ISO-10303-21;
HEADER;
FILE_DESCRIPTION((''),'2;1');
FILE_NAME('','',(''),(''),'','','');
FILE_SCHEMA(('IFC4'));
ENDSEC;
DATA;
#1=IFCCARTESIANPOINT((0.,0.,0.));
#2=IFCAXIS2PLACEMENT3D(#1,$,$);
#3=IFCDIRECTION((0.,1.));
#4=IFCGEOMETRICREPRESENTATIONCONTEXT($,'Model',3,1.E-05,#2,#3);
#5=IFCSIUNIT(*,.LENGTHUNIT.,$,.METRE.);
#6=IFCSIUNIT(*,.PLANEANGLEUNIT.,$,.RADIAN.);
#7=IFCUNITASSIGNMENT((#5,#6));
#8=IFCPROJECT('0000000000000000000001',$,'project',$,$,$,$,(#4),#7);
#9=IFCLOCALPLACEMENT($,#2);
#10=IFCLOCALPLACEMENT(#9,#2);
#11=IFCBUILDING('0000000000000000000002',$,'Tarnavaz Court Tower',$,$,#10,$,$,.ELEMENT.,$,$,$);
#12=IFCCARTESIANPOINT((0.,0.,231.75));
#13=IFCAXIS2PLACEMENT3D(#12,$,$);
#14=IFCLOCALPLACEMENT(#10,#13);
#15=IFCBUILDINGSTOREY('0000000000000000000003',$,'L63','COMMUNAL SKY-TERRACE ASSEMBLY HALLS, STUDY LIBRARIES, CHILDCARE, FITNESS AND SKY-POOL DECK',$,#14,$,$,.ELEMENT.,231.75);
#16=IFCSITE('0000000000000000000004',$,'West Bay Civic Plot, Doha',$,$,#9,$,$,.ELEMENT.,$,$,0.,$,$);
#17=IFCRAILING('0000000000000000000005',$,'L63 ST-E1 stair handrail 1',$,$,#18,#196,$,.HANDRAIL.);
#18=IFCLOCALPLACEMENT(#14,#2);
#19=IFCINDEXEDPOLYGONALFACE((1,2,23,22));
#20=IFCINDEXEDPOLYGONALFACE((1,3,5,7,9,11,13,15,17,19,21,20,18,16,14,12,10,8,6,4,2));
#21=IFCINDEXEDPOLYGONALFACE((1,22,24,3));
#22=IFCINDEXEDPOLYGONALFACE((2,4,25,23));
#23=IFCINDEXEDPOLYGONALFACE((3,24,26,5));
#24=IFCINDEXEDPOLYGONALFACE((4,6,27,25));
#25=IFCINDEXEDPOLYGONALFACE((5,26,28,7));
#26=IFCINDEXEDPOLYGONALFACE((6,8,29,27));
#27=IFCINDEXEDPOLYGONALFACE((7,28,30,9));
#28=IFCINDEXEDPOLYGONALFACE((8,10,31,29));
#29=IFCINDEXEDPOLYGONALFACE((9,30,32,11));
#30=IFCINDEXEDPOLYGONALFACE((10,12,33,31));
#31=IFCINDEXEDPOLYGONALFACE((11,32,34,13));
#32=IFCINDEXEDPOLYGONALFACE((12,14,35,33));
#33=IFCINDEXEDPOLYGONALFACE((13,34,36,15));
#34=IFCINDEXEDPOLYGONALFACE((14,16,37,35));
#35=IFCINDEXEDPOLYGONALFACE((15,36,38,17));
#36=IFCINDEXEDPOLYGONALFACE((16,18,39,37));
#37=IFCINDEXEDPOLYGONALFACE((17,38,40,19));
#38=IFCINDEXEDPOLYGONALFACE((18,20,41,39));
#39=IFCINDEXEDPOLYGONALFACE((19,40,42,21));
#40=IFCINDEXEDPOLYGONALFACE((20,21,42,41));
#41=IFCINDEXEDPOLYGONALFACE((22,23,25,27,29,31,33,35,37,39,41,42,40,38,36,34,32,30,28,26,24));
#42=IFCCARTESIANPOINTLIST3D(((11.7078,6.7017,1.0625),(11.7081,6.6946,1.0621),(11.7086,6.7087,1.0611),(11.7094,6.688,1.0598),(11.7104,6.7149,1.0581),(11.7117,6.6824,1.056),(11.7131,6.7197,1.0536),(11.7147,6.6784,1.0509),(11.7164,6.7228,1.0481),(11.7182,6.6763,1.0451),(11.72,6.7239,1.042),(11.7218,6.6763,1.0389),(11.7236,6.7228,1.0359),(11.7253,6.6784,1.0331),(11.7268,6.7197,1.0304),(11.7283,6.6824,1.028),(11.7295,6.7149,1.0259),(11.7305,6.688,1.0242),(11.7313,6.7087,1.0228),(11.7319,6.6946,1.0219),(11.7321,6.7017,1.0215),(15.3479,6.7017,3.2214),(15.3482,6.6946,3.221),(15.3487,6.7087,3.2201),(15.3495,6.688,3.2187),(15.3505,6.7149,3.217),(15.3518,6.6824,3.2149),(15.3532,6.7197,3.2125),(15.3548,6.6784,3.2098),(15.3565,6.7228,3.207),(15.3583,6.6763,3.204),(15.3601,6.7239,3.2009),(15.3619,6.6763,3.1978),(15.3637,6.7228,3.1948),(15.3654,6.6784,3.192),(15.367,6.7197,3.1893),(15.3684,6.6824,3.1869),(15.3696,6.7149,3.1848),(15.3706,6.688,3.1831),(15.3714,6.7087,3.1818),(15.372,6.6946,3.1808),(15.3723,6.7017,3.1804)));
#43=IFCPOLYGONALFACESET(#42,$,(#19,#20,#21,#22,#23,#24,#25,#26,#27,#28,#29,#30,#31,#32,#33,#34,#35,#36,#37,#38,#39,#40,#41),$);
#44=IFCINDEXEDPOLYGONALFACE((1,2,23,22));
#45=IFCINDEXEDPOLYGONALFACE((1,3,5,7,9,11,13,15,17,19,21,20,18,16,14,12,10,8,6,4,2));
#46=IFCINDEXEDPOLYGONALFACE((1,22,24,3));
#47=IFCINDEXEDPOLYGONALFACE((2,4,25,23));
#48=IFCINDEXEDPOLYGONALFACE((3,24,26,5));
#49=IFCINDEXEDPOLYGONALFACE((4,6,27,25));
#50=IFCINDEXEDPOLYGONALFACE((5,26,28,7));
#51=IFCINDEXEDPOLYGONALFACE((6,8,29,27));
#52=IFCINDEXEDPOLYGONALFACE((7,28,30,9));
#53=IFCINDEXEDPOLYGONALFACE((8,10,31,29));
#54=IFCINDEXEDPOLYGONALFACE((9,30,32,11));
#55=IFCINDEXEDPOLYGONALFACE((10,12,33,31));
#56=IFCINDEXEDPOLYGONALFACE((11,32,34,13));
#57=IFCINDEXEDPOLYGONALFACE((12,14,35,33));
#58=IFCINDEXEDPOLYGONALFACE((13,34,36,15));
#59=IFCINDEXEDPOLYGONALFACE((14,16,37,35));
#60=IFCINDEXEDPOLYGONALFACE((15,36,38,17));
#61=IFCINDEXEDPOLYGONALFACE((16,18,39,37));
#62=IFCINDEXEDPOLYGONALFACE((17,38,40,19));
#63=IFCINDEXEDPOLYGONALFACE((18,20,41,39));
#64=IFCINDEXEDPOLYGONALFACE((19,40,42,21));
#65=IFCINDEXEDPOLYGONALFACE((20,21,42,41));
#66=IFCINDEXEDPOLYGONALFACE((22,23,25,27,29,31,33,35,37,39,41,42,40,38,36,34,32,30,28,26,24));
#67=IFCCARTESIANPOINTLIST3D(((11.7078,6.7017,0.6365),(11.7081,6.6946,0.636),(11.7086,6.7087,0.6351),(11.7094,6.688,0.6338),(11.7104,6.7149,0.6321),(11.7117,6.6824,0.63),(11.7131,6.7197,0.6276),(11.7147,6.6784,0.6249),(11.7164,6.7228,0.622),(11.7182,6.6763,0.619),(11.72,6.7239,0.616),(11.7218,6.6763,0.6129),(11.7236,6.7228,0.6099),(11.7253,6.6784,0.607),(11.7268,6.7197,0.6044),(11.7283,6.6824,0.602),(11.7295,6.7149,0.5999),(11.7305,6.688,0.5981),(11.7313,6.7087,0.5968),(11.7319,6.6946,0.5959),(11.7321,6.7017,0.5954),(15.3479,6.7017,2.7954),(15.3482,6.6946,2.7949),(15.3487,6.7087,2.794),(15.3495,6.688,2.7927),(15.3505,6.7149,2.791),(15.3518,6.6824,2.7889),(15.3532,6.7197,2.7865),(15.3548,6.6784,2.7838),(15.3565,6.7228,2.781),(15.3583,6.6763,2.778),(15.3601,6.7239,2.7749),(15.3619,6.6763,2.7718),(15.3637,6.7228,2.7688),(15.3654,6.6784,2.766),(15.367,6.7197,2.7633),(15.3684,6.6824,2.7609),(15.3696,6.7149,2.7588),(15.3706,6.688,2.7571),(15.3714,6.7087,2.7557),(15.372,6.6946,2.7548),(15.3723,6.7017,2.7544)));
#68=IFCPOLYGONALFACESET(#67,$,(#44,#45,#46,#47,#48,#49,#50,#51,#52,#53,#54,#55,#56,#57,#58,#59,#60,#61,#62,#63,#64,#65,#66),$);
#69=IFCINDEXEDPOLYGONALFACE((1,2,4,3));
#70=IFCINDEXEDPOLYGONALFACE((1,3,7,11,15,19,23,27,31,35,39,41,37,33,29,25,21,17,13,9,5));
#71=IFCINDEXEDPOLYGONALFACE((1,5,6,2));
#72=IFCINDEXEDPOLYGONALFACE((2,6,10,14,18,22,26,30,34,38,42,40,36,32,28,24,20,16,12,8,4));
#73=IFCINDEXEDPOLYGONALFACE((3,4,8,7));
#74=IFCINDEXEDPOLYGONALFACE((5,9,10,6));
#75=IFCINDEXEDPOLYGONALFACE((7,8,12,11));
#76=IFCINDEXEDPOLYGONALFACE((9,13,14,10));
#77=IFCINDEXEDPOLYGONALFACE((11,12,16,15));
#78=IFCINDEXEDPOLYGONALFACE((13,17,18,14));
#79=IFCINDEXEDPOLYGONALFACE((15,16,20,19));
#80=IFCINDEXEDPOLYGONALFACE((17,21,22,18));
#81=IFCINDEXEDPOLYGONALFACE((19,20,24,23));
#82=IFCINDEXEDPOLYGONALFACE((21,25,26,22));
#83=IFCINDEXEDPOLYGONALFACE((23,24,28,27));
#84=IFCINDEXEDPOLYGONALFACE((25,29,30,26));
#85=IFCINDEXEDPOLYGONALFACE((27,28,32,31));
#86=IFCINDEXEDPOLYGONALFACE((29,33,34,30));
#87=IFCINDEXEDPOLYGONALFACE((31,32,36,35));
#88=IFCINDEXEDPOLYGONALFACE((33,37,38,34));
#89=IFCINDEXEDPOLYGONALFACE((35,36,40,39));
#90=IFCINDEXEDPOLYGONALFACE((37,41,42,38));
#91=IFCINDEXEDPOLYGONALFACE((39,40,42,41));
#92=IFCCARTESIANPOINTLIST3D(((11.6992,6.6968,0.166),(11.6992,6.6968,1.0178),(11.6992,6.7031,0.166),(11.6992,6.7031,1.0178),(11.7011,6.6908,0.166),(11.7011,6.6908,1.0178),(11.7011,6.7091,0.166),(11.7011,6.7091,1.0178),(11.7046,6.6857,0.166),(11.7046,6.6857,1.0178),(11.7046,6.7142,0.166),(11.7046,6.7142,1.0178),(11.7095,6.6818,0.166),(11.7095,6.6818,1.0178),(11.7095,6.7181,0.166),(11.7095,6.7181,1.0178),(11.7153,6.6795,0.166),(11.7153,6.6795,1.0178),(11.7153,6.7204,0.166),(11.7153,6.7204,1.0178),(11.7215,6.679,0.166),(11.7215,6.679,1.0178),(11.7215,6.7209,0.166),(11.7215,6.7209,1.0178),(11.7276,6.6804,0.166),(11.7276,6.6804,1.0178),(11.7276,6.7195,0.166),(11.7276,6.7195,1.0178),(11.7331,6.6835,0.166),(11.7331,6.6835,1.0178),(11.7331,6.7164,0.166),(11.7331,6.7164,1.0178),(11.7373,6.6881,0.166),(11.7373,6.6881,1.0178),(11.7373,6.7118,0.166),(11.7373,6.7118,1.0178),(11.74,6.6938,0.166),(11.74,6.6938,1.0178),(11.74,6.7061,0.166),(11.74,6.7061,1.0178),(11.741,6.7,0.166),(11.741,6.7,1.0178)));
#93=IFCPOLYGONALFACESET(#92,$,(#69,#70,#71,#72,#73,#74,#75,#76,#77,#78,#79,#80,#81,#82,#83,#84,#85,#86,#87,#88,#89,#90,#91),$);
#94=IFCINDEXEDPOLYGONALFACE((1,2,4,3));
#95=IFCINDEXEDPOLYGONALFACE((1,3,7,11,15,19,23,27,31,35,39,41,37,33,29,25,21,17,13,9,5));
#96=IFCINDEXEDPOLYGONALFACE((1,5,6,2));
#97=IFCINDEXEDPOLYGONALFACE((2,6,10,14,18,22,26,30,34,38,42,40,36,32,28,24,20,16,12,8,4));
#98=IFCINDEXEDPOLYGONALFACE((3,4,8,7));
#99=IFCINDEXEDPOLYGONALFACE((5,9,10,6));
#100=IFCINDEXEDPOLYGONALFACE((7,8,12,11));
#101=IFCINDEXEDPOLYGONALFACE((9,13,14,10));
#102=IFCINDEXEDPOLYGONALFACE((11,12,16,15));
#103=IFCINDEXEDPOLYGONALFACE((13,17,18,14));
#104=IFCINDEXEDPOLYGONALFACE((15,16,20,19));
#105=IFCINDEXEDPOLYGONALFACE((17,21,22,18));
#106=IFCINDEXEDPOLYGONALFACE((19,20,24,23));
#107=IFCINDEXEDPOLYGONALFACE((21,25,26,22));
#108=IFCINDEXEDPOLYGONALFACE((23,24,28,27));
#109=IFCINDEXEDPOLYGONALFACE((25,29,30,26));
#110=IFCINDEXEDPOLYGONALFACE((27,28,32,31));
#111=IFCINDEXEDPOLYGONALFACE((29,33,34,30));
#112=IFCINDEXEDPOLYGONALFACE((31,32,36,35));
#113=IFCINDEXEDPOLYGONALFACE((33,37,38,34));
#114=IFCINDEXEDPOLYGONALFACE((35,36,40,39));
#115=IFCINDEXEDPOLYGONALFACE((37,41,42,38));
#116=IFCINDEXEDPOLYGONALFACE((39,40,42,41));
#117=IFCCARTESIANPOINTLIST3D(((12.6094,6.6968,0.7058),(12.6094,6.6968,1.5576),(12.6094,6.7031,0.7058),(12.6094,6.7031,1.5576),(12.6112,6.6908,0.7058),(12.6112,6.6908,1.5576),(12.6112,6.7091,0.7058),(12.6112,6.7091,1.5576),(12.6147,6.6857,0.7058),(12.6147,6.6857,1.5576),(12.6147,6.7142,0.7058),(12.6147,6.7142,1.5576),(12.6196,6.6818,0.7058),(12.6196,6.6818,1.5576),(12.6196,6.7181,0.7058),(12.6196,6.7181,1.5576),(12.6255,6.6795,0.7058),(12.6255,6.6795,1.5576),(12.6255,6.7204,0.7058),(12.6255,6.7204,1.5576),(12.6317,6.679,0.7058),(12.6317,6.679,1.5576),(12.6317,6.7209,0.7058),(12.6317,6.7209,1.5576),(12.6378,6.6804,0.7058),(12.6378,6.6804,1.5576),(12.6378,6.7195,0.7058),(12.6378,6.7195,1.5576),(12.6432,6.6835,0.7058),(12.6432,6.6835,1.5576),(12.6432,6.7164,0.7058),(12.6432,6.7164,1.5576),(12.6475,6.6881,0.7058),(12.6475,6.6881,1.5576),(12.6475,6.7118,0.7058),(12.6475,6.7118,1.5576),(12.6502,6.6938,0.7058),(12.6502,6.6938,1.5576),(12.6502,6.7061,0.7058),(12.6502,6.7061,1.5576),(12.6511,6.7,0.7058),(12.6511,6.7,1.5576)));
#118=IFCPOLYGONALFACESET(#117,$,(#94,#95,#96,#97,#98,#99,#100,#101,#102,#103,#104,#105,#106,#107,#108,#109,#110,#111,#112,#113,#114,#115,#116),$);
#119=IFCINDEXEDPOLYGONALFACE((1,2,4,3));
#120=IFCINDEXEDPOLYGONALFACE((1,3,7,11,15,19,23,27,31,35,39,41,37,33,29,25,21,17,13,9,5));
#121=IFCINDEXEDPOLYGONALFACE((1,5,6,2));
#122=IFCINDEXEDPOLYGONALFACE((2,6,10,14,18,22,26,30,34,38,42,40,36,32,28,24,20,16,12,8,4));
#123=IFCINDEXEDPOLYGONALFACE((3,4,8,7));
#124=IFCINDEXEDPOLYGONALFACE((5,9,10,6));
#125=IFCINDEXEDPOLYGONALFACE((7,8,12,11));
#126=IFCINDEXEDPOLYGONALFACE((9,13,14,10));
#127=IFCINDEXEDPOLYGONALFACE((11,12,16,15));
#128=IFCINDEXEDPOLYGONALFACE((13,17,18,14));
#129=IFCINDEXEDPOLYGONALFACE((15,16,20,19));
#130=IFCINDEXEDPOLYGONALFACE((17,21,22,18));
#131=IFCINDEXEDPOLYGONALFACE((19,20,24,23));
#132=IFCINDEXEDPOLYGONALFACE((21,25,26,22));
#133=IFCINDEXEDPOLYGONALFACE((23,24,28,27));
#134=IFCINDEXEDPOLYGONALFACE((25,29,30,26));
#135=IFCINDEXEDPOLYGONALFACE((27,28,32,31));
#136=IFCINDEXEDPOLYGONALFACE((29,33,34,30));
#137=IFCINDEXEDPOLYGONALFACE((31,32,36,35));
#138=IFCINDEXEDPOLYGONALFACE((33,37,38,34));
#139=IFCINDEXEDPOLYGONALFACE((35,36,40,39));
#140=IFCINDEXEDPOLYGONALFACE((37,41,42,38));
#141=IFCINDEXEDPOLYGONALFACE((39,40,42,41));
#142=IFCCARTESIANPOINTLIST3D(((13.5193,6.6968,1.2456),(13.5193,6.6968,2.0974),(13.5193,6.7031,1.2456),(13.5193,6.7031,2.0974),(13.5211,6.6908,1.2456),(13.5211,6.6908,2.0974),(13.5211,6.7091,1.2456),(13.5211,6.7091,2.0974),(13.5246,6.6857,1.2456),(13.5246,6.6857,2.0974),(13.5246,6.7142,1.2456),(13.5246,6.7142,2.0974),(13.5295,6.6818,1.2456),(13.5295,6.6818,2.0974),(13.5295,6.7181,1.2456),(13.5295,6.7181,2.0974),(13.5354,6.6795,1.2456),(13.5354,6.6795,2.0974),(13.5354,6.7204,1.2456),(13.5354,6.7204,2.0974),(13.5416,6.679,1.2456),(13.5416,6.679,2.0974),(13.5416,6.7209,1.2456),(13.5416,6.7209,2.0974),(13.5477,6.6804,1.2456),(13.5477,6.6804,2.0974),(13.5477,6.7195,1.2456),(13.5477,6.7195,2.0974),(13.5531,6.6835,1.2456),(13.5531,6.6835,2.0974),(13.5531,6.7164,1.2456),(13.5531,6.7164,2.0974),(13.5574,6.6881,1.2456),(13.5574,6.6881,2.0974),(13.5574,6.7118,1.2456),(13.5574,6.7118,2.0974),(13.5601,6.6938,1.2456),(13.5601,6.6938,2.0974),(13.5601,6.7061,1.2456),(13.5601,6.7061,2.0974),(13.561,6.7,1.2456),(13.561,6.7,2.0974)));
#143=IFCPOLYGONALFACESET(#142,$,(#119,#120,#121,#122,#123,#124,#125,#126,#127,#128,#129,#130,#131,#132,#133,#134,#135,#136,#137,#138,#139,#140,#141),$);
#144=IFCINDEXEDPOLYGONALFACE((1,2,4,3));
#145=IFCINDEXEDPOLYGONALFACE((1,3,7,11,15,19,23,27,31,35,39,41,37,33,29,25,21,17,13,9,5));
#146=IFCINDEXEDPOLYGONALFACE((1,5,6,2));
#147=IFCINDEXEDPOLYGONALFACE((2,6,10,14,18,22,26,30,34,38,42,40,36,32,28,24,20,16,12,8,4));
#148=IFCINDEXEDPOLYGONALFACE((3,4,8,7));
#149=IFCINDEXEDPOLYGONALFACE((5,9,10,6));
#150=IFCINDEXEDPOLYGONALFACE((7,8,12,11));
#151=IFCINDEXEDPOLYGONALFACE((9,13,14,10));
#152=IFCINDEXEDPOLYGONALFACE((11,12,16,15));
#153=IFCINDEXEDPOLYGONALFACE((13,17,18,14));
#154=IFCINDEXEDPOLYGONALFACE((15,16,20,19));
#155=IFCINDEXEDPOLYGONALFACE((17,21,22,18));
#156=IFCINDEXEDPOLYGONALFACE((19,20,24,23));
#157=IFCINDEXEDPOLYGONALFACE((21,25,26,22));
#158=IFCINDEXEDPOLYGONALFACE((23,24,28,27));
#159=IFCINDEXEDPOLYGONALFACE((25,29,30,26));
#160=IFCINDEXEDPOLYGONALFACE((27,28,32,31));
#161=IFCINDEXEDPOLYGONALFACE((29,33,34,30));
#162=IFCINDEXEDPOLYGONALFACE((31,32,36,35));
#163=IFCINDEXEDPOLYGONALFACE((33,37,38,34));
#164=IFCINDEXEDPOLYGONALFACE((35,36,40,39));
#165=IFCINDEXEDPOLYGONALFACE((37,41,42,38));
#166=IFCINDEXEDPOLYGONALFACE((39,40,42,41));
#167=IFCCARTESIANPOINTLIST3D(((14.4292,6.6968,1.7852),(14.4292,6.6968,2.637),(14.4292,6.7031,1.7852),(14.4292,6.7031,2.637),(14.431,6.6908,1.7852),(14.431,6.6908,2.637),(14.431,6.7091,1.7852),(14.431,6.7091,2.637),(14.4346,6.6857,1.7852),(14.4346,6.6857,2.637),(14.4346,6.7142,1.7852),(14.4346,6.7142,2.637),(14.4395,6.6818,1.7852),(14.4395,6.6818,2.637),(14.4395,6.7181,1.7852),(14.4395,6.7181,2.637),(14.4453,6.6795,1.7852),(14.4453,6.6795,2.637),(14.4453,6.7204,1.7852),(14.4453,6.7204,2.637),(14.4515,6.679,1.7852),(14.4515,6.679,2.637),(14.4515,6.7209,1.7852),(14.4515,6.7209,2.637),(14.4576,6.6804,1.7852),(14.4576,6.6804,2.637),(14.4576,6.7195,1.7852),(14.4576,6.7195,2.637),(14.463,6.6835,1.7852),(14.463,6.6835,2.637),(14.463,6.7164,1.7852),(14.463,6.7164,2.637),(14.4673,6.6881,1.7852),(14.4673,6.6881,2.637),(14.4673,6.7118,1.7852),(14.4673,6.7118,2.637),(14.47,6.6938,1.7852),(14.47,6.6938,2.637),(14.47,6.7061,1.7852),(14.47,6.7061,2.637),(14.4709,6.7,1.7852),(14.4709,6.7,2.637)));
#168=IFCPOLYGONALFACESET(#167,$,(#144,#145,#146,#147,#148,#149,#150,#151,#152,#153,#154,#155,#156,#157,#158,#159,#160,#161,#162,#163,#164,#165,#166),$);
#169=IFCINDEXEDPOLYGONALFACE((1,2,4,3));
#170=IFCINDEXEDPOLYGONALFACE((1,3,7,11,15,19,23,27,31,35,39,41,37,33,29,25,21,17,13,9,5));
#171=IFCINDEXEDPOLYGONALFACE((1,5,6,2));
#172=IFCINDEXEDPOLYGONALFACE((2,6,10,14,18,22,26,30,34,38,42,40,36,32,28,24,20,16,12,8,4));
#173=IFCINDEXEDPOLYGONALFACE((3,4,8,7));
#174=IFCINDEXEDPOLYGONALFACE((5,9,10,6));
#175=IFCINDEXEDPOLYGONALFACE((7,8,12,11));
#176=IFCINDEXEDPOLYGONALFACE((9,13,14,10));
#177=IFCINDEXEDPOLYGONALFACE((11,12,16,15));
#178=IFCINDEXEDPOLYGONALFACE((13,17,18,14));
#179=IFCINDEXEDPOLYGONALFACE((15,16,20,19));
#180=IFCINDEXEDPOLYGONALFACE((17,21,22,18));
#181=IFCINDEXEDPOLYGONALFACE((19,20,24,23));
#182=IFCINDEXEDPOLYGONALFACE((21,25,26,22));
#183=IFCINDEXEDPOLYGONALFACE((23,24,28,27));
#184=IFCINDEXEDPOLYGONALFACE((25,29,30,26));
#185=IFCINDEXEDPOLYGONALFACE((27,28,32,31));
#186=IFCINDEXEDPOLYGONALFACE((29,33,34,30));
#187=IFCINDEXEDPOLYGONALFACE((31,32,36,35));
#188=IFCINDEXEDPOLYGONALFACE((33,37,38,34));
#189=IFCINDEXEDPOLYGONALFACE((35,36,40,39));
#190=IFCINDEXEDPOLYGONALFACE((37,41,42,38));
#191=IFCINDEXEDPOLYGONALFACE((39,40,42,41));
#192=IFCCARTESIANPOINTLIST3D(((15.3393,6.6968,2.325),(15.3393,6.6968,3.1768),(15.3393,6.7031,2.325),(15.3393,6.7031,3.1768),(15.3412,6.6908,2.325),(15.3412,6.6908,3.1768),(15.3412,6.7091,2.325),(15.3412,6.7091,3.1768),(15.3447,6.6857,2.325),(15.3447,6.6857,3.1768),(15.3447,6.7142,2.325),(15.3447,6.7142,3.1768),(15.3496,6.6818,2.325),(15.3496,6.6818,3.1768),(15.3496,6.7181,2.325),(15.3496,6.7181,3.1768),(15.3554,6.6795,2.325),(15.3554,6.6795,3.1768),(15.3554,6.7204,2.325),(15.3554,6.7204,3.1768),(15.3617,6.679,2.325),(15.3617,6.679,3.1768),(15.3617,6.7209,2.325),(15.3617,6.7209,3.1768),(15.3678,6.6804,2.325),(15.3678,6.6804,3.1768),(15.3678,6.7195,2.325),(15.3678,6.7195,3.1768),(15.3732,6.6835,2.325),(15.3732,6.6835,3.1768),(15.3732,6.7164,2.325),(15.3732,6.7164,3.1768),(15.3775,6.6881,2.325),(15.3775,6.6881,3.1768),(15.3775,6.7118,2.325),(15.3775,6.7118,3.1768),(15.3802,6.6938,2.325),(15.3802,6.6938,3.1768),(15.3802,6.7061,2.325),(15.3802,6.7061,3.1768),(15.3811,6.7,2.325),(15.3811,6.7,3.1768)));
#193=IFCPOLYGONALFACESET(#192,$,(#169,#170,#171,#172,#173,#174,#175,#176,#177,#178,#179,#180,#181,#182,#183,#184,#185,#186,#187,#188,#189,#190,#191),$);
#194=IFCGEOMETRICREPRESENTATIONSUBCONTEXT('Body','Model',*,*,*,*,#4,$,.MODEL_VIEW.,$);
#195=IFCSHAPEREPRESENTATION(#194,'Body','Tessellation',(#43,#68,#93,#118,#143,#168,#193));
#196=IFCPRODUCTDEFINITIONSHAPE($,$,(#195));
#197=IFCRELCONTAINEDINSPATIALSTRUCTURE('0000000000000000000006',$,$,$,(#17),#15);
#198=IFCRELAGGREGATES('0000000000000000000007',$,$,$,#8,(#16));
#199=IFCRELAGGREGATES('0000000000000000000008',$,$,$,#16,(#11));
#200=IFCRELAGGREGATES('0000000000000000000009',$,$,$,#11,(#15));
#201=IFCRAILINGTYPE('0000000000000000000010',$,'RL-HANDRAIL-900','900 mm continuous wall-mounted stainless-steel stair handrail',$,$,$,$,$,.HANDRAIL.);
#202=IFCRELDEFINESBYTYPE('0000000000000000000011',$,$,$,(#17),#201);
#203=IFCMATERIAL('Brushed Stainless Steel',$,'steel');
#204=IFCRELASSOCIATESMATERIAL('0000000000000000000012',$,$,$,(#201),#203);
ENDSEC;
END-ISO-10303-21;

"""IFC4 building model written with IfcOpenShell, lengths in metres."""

from ifc_helpers import new_model, si_unit, direction, frame, origin, origin_2d, place, context, subcontext, project, spatial, circle, extrude, material, type_object, element, save


model = new_model("IFC4")

# Units and contexts
model_context = context("Model", 3, precision=1e-05, world=origin(), true_north=direction((0.0, 1.0)))
body_context = subcontext(model_context, "Body", "Model", "MODEL_VIEW")
ifc_project = project(units=[si_unit("LENGTHUNIT", "METRE"), si_unit("PLANEANGLEUNIT", "RADIAN")], contexts=[model_context])

# Site, building, storey
site_placement = place(None, origin())
site = spatial("IfcSite", under=ifc_project, at=site_placement, Name="West Bay Civic Plot, Doha", CompositionType="ELEMENT", RefElevation=0.0)
building_placement = place(site_placement, origin())
building = spatial("IfcBuilding", under=site, at=building_placement, Name="Tarnavaz Court Tower", CompositionType="ELEMENT")
storey_placement = place(building_placement, frame((0.0, 0.0, 231.75)))
storey = spatial("IfcBuildingStorey", under=building, at=storey_placement, Name="L63", Description="COMMUNAL SKY-TERRACE ASSEMBLY HALLS, STUDY LIBRARIES, CHILDCARE, FITNESS AND SKY-POOL DECK", CompositionType="ELEMENT", Elevation=231.75)

# Railing
ifc_material_1 = material(Name="Brushed Stainless Steel", Category="steel")
railing_type_1 = type_object("IfcRailingType", Name="RL-HANDRAIL-900", Description="900 mm continuous wall-mounted stainless-steel stair handrail", PredefinedType="HANDRAIL", material=ifc_material_1)
railing_1_placement = place(storey_placement, frame((11.72, 6.7, 0.166)))
element("IfcRailing", 1, at=railing_1_placement, inside=storey, type_object=railing_type_1, Name="L63 ST-E1 stair handrail 1", PredefinedType="HANDRAIL", context=body_context, shape_type="SweptSolid", body=[
    extrude(circle(Radius=0.0239, at=origin_2d()), frame((0.0, 0.0, 0.876), z_axis=(0.860103, 0.0, 0.51012), x_axis=(0.0, 1.0, 0.0)), (0.0, 0.0, 1.0), 4.2322),
    extrude(circle(Radius=0.0239, at=origin_2d()), frame((0.0, 0.0, 0.45), z_axis=(0.860103, 0.0, 0.51012), x_axis=(0.0, 1.0, 0.0)), (0.0, 0.0, 1.0), 4.2322),
    extrude(circle(Radius=0.021, at=origin_2d()), origin(), (0.0, 0.0, 1.0), 0.8518),
    extrude(circle(Radius=0.021, at=origin_2d()), frame((0.9102, 0.0, 0.5398)), (0.0, 0.0, 1.0), 0.8518),
    extrude(circle(Radius=0.021, at=origin_2d()), frame((1.8201, 0.0, 1.0796)), (0.0, 0.0, 1.0), 0.8518),
    extrude(circle(Radius=0.021, at=origin_2d()), frame((2.73, 0.0, 1.6191)), (0.0, 0.0, 1.0), 0.8518),
    extrude(circle(Radius=0.021, at=origin_2d()), frame((3.6401, 0.0, 2.1589)), (0.0, 0.0, 1.0), 0.8518),
])

save(model, "model.ifc")
